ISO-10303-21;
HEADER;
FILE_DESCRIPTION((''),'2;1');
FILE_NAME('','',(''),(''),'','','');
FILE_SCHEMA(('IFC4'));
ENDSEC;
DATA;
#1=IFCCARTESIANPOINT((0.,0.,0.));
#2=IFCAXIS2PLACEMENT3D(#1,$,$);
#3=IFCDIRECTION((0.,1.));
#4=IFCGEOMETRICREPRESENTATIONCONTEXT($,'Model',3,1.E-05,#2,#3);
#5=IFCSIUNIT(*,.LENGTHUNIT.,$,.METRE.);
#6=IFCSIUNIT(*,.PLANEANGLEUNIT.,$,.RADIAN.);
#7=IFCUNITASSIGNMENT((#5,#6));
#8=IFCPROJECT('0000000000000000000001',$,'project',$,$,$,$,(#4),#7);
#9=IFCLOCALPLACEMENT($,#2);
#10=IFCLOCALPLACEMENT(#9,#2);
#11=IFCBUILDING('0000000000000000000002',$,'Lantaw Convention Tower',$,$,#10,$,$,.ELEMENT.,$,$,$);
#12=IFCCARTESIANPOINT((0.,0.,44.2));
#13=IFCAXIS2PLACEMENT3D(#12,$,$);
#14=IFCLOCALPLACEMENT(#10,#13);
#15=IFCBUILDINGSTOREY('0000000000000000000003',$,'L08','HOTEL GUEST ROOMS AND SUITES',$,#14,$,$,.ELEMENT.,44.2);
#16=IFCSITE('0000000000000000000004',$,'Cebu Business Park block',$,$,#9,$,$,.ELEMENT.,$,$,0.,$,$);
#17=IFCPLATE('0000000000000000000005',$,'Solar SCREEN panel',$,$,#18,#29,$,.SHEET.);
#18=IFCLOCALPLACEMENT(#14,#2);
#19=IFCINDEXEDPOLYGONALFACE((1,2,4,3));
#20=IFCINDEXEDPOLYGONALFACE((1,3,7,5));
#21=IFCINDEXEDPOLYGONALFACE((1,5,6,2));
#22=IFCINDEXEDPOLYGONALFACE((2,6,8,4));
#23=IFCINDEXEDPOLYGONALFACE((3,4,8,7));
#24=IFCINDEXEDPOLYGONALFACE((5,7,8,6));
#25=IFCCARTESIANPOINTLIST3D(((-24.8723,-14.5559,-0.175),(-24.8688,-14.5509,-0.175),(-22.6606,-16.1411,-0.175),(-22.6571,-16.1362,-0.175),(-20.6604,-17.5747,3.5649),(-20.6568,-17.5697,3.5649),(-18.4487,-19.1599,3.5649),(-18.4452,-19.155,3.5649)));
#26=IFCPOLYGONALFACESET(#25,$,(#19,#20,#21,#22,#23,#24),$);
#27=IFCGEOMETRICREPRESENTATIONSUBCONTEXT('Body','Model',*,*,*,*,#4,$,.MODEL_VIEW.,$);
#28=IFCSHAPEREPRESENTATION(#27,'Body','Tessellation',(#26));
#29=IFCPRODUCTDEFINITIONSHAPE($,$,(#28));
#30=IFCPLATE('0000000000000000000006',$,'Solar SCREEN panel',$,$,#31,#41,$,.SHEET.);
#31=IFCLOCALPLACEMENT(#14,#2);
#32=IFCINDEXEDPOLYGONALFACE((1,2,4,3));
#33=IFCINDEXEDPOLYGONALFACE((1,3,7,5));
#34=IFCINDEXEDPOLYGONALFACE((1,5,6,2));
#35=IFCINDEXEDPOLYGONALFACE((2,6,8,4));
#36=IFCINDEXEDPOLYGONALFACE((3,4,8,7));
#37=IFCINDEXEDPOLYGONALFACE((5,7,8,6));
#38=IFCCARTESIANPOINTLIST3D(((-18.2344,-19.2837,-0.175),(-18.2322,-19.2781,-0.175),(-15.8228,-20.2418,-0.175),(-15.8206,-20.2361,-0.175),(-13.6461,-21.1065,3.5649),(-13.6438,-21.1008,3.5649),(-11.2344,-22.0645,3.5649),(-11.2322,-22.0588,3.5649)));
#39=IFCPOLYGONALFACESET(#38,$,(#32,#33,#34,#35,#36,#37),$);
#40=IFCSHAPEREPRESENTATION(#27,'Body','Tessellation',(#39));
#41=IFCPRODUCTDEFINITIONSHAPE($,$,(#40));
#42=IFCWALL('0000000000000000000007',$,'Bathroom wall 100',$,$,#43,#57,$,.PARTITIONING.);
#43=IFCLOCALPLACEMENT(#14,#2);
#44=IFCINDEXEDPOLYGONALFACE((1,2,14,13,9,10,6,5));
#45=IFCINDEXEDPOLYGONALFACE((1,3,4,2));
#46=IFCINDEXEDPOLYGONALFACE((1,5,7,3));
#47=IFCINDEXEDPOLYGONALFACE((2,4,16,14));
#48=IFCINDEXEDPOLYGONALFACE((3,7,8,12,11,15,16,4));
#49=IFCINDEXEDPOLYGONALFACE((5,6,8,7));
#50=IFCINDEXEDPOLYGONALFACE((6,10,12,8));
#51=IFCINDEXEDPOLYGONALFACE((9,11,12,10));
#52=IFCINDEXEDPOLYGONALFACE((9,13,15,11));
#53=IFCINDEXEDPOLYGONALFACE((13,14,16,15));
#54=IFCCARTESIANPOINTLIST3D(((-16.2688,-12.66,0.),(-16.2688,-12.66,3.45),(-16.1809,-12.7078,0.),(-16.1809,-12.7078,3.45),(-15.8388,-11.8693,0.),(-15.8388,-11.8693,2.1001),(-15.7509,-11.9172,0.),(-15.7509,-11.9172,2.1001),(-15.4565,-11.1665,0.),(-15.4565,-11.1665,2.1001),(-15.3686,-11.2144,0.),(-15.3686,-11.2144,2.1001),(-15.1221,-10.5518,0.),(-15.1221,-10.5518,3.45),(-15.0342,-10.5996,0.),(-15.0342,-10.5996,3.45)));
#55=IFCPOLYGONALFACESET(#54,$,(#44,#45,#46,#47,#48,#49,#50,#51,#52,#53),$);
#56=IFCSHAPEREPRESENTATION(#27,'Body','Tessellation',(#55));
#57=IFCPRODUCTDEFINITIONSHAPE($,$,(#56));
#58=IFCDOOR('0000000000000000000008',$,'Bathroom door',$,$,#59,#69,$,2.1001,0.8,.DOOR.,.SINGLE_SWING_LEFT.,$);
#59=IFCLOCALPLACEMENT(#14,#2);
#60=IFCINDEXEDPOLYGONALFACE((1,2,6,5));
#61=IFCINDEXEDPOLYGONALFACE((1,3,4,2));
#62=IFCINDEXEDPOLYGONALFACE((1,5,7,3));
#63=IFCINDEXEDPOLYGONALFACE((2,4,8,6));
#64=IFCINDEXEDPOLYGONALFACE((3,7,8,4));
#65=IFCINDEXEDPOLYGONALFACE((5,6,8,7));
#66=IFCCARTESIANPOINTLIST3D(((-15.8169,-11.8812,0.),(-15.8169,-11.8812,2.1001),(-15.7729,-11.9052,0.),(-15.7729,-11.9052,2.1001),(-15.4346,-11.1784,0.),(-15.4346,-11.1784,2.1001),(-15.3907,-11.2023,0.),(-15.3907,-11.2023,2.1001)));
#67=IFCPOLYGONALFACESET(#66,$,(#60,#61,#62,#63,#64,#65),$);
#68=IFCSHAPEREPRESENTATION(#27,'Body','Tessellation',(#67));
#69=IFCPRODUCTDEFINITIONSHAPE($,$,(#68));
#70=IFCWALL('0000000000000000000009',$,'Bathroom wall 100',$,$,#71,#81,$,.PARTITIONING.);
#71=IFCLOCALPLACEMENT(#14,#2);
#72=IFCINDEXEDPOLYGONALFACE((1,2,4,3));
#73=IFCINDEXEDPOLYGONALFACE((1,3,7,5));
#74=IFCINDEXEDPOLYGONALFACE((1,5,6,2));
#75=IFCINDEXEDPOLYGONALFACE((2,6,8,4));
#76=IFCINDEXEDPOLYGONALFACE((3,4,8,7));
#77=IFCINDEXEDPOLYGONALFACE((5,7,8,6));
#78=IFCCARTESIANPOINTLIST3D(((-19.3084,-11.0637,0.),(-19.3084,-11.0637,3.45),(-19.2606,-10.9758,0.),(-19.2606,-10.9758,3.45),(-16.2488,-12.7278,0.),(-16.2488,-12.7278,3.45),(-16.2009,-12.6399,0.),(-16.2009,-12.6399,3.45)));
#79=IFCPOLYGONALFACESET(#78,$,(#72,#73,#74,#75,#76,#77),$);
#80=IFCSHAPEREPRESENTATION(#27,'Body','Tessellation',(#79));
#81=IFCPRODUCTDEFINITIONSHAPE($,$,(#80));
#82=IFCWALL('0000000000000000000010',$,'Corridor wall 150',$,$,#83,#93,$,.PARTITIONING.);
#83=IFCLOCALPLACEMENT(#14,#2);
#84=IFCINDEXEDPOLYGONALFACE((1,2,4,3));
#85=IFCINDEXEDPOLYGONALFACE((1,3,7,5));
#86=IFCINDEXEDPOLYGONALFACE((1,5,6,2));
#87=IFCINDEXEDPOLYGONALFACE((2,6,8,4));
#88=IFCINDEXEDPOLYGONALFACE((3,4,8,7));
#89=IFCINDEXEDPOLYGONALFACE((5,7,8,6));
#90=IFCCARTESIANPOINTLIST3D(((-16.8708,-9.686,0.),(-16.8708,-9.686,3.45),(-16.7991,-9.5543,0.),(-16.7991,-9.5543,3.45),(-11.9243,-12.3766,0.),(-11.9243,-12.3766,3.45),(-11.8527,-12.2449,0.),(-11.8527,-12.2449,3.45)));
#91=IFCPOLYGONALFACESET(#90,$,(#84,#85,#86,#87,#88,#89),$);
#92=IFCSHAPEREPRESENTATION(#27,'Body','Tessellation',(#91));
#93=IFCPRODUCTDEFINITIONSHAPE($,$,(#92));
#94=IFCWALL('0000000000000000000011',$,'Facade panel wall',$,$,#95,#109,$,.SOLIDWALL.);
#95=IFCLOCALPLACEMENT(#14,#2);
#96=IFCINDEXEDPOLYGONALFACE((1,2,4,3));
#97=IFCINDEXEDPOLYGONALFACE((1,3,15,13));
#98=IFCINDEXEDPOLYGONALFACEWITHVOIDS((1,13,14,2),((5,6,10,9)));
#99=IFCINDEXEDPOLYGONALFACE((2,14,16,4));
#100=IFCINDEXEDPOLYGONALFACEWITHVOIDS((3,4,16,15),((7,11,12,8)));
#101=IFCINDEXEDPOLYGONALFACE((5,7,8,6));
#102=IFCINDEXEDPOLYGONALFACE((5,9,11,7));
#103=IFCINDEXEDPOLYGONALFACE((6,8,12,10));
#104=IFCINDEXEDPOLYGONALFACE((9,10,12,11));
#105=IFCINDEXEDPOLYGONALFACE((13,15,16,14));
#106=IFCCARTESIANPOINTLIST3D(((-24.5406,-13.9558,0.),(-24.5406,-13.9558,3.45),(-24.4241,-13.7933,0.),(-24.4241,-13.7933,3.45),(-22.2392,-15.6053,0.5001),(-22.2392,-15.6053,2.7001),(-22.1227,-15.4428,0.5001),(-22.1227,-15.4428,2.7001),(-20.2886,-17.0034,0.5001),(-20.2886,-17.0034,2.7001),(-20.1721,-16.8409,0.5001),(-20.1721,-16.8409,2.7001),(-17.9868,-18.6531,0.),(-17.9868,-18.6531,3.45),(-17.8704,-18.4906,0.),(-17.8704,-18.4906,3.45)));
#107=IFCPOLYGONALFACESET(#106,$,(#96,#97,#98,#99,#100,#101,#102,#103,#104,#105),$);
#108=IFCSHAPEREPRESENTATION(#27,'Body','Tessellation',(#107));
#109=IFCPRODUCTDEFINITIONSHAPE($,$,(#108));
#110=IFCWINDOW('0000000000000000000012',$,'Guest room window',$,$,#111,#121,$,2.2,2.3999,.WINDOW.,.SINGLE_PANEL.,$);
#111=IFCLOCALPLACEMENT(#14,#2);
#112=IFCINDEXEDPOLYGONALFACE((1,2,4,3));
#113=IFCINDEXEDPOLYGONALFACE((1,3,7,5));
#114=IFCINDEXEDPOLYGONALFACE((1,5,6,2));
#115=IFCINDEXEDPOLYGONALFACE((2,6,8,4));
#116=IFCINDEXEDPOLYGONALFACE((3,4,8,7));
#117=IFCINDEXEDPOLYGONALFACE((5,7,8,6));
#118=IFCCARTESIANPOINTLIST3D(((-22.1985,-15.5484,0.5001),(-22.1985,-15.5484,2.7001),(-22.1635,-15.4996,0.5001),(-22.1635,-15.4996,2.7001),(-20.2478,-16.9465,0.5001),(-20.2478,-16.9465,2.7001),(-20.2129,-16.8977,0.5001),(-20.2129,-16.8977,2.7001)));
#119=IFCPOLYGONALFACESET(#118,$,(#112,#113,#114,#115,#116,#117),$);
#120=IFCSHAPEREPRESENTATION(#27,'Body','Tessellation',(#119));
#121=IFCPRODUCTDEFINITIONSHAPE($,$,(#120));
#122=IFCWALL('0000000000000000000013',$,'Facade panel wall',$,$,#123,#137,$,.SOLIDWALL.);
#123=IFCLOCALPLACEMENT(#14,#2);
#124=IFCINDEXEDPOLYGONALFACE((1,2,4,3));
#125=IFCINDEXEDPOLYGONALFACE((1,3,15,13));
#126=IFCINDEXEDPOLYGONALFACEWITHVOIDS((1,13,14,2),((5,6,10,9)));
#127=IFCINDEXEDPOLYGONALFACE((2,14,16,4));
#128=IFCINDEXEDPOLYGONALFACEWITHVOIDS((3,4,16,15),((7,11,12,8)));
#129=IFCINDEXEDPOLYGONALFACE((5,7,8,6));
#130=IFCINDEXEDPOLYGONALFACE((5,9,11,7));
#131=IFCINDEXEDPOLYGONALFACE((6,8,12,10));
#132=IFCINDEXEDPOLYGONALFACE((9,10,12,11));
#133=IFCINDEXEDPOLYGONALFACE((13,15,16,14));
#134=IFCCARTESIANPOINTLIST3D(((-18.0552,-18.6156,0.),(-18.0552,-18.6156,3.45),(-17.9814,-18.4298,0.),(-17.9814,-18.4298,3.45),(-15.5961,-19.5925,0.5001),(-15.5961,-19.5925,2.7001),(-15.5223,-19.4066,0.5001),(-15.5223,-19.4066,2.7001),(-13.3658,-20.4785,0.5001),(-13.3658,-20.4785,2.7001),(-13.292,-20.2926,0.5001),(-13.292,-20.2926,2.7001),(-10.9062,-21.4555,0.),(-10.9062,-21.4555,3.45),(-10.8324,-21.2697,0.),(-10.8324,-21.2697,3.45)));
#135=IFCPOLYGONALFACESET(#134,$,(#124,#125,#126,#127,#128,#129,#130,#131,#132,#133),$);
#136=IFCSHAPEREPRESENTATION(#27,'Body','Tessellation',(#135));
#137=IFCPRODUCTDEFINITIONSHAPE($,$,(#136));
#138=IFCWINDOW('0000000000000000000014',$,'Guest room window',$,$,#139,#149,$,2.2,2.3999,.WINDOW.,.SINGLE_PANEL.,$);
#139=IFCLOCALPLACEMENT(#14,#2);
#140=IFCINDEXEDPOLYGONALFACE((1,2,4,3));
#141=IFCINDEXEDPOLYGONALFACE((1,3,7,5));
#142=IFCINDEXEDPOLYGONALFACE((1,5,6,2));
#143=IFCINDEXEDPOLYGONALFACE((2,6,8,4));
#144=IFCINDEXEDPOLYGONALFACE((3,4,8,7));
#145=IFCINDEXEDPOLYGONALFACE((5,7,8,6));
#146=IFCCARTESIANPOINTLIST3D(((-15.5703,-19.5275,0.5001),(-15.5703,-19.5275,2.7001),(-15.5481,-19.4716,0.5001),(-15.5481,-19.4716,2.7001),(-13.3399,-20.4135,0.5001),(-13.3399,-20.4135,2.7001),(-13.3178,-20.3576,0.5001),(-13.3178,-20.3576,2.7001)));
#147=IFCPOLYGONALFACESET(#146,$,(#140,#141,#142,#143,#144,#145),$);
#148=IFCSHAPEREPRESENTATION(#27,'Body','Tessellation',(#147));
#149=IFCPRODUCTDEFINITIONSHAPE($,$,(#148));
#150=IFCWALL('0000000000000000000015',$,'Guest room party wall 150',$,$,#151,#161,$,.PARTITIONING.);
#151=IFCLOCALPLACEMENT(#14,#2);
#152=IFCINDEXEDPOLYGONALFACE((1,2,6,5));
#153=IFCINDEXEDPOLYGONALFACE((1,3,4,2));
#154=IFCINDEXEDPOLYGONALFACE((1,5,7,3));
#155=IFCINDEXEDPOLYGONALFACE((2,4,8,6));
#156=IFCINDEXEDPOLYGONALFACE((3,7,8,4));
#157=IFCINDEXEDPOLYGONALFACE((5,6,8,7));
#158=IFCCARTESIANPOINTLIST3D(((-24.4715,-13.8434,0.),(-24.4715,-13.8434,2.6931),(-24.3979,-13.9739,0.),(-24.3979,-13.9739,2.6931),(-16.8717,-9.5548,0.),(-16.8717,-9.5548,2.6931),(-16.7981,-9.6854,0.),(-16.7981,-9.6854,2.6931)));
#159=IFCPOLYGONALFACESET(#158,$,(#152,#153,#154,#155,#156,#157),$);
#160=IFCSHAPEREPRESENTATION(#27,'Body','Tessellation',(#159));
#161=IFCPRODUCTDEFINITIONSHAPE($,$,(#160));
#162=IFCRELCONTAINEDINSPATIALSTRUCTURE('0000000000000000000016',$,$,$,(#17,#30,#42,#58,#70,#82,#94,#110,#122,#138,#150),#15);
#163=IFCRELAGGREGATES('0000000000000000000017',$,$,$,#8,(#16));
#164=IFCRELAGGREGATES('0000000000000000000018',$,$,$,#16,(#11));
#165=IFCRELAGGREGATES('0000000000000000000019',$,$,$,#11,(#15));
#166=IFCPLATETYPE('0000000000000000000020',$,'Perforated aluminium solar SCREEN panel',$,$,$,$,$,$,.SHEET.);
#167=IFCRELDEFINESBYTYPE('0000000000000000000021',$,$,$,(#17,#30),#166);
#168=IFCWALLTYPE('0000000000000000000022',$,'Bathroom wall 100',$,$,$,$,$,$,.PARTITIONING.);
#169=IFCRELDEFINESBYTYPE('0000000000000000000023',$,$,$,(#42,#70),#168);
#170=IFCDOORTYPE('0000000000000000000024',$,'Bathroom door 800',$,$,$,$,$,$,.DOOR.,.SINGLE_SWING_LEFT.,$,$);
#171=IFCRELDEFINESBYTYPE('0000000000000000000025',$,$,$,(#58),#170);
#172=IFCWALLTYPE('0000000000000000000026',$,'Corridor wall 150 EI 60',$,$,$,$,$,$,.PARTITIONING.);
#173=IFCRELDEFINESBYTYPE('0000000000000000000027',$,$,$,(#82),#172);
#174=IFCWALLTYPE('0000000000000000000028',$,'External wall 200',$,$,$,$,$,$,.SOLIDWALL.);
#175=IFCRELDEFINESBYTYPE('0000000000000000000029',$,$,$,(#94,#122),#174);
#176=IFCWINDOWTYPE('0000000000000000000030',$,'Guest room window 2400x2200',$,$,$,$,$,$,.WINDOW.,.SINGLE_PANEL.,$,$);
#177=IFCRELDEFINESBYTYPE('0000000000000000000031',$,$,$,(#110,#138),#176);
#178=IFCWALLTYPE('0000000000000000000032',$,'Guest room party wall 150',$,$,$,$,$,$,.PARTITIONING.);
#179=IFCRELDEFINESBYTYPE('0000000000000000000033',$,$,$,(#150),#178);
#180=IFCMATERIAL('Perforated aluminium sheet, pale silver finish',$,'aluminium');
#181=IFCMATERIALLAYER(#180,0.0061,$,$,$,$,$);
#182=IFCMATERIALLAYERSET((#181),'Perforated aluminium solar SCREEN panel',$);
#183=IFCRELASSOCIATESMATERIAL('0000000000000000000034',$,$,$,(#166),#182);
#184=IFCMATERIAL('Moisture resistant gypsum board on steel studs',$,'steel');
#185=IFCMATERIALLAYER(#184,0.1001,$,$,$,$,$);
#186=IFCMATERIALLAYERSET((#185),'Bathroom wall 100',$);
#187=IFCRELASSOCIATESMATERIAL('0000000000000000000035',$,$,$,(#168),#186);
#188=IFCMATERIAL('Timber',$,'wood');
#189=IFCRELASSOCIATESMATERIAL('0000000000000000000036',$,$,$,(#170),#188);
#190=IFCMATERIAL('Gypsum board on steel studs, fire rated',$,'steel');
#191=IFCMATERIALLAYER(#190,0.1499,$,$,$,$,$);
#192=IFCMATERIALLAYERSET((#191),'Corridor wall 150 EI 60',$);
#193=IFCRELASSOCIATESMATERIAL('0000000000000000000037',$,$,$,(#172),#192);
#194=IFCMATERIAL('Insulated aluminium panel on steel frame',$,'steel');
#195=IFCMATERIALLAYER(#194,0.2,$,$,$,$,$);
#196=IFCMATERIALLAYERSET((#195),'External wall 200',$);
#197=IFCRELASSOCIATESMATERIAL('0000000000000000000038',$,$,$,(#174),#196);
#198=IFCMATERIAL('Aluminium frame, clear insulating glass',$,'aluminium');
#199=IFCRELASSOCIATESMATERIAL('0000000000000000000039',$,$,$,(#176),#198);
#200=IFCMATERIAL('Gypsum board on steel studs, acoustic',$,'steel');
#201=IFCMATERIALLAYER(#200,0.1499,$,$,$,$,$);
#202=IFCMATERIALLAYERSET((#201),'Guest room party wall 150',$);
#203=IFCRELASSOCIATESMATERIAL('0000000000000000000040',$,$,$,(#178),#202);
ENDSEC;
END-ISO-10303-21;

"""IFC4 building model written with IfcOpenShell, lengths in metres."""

from ifc_helpers import new_model, si_unit, direction, frame, frame_2d, origin, place, context, subcontext, project, spatial, polyline, rectangle, outline, extrude, material, layer, layer_set, type_object, element, fill, save


model = new_model("IFC4")

# Units and contexts
model_context = context("Model", 3, precision=1e-05, world=origin(), true_north=direction((0.0, 1.0)))
body_context = subcontext(model_context, "Body", "Model", "MODEL_VIEW")
ifc_project = project(units=[si_unit("LENGTHUNIT", "METRE"), si_unit("PLANEANGLEUNIT", "RADIAN")], contexts=[model_context])

# Site, building, storey
site_placement = place(None, origin())
site = spatial("IfcSite", under=ifc_project, at=site_placement, Name="Cebu Business Park block", CompositionType="ELEMENT", RefElevation=0.0)
building_placement = place(site_placement, origin())
building = spatial("IfcBuilding", under=site, at=building_placement, Name="Lantaw Convention Tower", CompositionType="ELEMENT")
storey_placement = place(building_placement, frame((0.0, 0.0, 44.2)))
storey = spatial("IfcBuildingStorey", under=building, at=storey_placement, Name="L08", Description="HOTEL GUEST ROOMS AND SUITES", CompositionType="ELEMENT", Elevation=44.2)

# Plates
ifc_material_1 = material(Name="Perforated aluminium sheet, pale silver finish", Category="aluminium")
ifc_layer_1 = layer(ifc_material_1, 0.0061)
ifc_layer_set_1 = layer_set([ifc_layer_1], Name="Perforated aluminium solar SCREEN panel")
plate_type = type_object("IfcPlateType", Name="Perforated aluminium solar SCREEN panel", PredefinedType="SHEET", material=ifc_layer_set_1)
plate_1_placement = place(storey_placement, frame((-24.8723, -14.5559, -0.175), z_axis=(-0.582561, -0.812787, 0.000016), x_axis=(0.812787, -0.582561, 0.0)))
element("IfcPlate", 1, at=plate_1_placement, inside=storey, type_object=plate_type, Name="Solar SCREEN panel", PredefinedType="SHEET", context=body_context, shape_type="SweptSolid", body=[
    extrude(outline(polyline([(0.0, 0.0), (2.7211, 0.0), (7.9031, 3.74), (5.182, 3.74), (0.0, 0.0)])), origin(), (0.0, 0.0, -1.0), 0.0061),
])
plate_2_placement = place(storey_placement, frame((-18.2322, -19.2781, -0.175), z_axis=(0.369184, 0.929357, 0.000009), x_axis=(0.929357, -0.369184, 0.0)))
element("IfcPlate", 2, at=plate_2_placement, inside=storey, type_object=plate_type, Name="Solar SCREEN panel", PredefinedType="SHEET", context=body_context, shape_type="SweptSolid", body=[
    extrude(outline(polyline([(0.0, 0.0), (2.5949, 0.0), (7.5321, -3.74), (4.9372, -3.74), (0.0, 0.0)])), origin(), (0.0, 0.0, -1.0), 0.0061),
])

# Wall, opening, door
ifc_material_2 = material(Name="Moisture resistant gypsum board on steel studs", Category="steel")
ifc_layer_2 = layer(ifc_material_2, 0.1001)
ifc_layer_set_2 = layer_set([ifc_layer_2], Name="Bathroom wall 100")
wall_type_1 = type_object("IfcWallType", Name="Bathroom wall 100", PredefinedType="PARTITIONING", material=ifc_layer_set_2)
wall_1_placement = place(storey_placement, frame((-15.0781, -10.5757, 0.0), z_axis=(0.0, 0.0, 1.0), x_axis=(-0.477833, -0.878451, 0.0)))
wall_1 = element("IfcWall", 3, at=wall_1_placement, inside=storey, type_object=wall_type_1, Name="Bathroom wall 100", PredefinedType="PARTITIONING", context=body_context, shape_type="SweptSolid", body=[
    extrude(rectangle(XDim=2.3999, YDim=0.1001, at=frame_2d((1.2, 0.0))), origin(), (0.0, 0.0, 1.0), 3.45),
])
opening_1_placement = place(wall_1_placement, frame((0.7, 0.0, 0.0)))
opening_1 = element("IfcOpeningElement", 4, at=opening_1_placement, cuts=wall_1, PredefinedType="OPENING", context=body_context, shape_type="SweptSolid", body=[
    extrude(rectangle(XDim=0.8, YDim=2.1001, at=frame_2d((0.3999, 1.05))), frame((0.0, 0.0601, 0.0), z_axis=(0.0, -1.0, 0.0), x_axis=(1.0, 0.0, 0.0)), (0.0, 0.0, 1.0), 0.1201),
])
ifc_material_3 = material(Name="Timber", Category="wood")
door_type_1 = type_object("IfcDoorType", Name="Bathroom door 800", OperationType="SINGLE_SWING_LEFT", PredefinedType="DOOR", material=ifc_material_3)
door_1_placement = place(opening_1_placement, origin())
door_1 = element("IfcDoor", 5, at=door_1_placement, inside=storey, type_object=door_type_1, Name="Bathroom door", OperationType="SINGLE_SWING_LEFT", OverallHeight=2.1001, OverallWidth=0.8, PredefinedType="DOOR", context=body_context, shape_type="SweptSolid", body=[
    extrude(rectangle(XDim=0.8, YDim=2.1001, at=frame_2d((0.3999, 1.05))), frame((0.0, 0.0249, 0.0), z_axis=(0.0, -1.0, 0.0), x_axis=(1.0, 0.0, 0.0)), (0.0, 0.0, 1.0), 0.05),
])
fill(opening_1, door_1)

# Walls
wall_2_placement = place(storey_placement, frame((-16.2249, -12.6838, 0.0), z_axis=(0.0, 0.0, 1.0), x_axis=(-0.878474, 0.477791, 0.0)))
element("IfcWall", 6, at=wall_2_placement, inside=storey, type_object=wall_type_1, Name="Bathroom wall 100", PredefinedType="PARTITIONING", context=body_context, shape_type="SweptSolid", body=[
    extrude(rectangle(XDim=3.4829, YDim=0.1001, at=frame_2d((1.7415, 0.0))), origin(), (0.0, 0.0, 1.0), 3.45),
])
ifc_material_4 = material(Name="Gypsum board on steel studs, fire rated", Category="steel")
ifc_layer_3 = layer(ifc_material_4, 0.1499)
ifc_layer_set_3 = layer_set([ifc_layer_3], Name="Corridor wall 150 EI 60")
wall_type_2 = type_object("IfcWallType", Name="Corridor wall 150 EI 60", PredefinedType="PARTITIONING", material=ifc_layer_set_3)
wall_3_placement = place(storey_placement, frame((-16.835, -9.6201, 0.0), z_axis=(0.0, 0.0, 1.0), x_axis=(0.87845, -0.477834, 0.0)))
element("IfcWall", 7, at=wall_3_placement, inside=storey, type_object=wall_type_2, Name="Corridor wall 150", PredefinedType="PARTITIONING", context=body_context, shape_type="SweptSolid", body=[
    extrude(rectangle(XDim=5.6309, YDim=0.1499, at=frame_2d((2.8154, 0.0))), origin(), (0.0, 0.0, 1.0), 3.45),
])

# Walls, openings, windows
ifc_material_5 = material(Name="Insulated aluminium panel on steel frame", Category="steel")
ifc_layer_4 = layer(ifc_material_5, 0.2)
ifc_layer_set_4 = layer_set([ifc_layer_4], Name="External wall 200")
wall_type_3 = type_object("IfcWallType", Name="External wall 200", PredefinedType="SOLIDWALL", material=ifc_layer_set_4)
wall_4_placement = place(storey_placement, frame((-24.4824, -13.8745, 0.0), z_axis=(0.0, 0.0, 1.0), x_axis=(0.812791, -0.582555, 0.0)))
wall_4 = element("IfcWall", 8, at=wall_4_placement, inside=storey, type_object=wall_type_3, Name="Facade panel wall", PredefinedType="SOLIDWALL", context=body_context, shape_type="SweptSolid", body=[
    extrude(rectangle(XDim=8.0632, YDim=0.2, at=frame_2d((4.0317, 0.0))), origin(), (0.0, 0.0, 1.0), 3.45),
])
opening_2_placement = place(wall_4_placement, frame((2.8315, 0.0, 0.5)))
opening_2 = element("IfcOpeningElement", 9, at=opening_2_placement, cuts=wall_4, PredefinedType="OPENING", context=body_context, shape_type="SweptSolid", body=[
    extrude(rectangle(XDim=2.3999, YDim=2.2, at=frame_2d((1.2, 1.1001))), frame((0.0, 0.1099, 0.0), z_axis=(0.0, -1.0, 0.0), x_axis=(1.0, 0.0, 0.0)), (0.0, 0.0, 1.0), 0.22),
])
ifc_material_6 = material(Name="Aluminium frame, clear insulating glass", Category="aluminium")
window_type = type_object("IfcWindowType", Name="Guest room window 2400x2200", PartitioningType="SINGLE_PANEL", PredefinedType="WINDOW", material=ifc_material_6)
window_1_placement = place(opening_2_placement, origin())
window_1 = element("IfcWindow", 10, at=window_1_placement, inside=storey, type_object=window_type, Name="Guest room window", OverallHeight=2.2, OverallWidth=2.3999, PartitioningType="SINGLE_PANEL", PredefinedType="WINDOW", context=body_context, shape_type="SweptSolid", body=[
    extrude(rectangle(XDim=2.3999, YDim=2.2, at=frame_2d((1.2, 1.1001))), frame((0.0, 0.03, 0.0), z_axis=(0.0, -1.0, 0.0), x_axis=(1.0, 0.0, 0.0)), (0.0, 0.0, 1.0), 0.0601),
])
fill(opening_2, window_1)
wall_5_placement = place(storey_placement, frame((-18.0183, -18.5227, 0.0), z_axis=(0.0, 0.0, 1.0), x_axis=(0.929358, -0.369179, 0.0)))
wall_5 = element("IfcWall", 11, at=wall_5_placement, inside=storey, type_object=wall_type_3, Name="Facade panel wall", PredefinedType="SOLIDWALL", context=body_context, shape_type="SweptSolid", body=[
    extrude(rectangle(XDim=7.6924, YDim=0.2, at=frame_2d((3.8462, 0.0))), origin(), (0.0, 0.0, 1.0), 3.45),
])
opening_3_placement = place(wall_5_placement, frame((2.646, 0.0, 0.5)))
opening_3 = element("IfcOpeningElement", 12, at=opening_3_placement, cuts=wall_5, PredefinedType="OPENING", context=body_context, shape_type="SweptSolid", body=[
    extrude(rectangle(XDim=2.3999, YDim=2.2, at=frame_2d((1.2, 1.1001))), frame((0.0, 0.1099, 0.0), z_axis=(0.0, -1.0, 0.0), x_axis=(1.0, 0.0, 0.0)), (0.0, 0.0, 1.0), 0.22),
])
window_2_placement = place(opening_3_placement, origin())
window_2 = element("IfcWindow", 13, at=window_2_placement, inside=storey, type_object=window_type, Name="Guest room window", OverallHeight=2.2, OverallWidth=2.3999, PartitioningType="SINGLE_PANEL", PredefinedType="WINDOW", context=body_context, shape_type="SweptSolid", body=[
    extrude(rectangle(XDim=2.3999, YDim=2.2, at=frame_2d((1.2, 1.1001))), frame((0.0, 0.03, 0.0), z_axis=(0.0, -1.0, 0.0), x_axis=(1.0, 0.0, 0.0)), (0.0, 0.0, 1.0), 0.0601),
])
fill(opening_3, window_2)

# Wall
ifc_material_7 = material(Name="Gypsum board on steel studs, acoustic", Category="steel")
ifc_layer_5 = layer(ifc_material_7, 0.1499)
ifc_layer_set_5 = layer_set([ifc_layer_5], Name="Guest room party wall 150")
wall_type_4 = type_object("IfcWallType", Name="Guest room party wall 150", PredefinedType="PARTITIONING", material=ifc_layer_set_5)
wall_6_placement = place(storey_placement, frame((-24.4348, -13.9087, 0.0), z_axis=(0.0, 0.0, 1.0), x_axis=(0.870906, 0.49145, 0.0)))
element("IfcWall", 14, at=wall_6_placement, inside=storey, type_object=wall_type_4, Name="Guest room party wall 150", PredefinedType="PARTITIONING", context=body_context, shape_type="SweptSolid", body=[
    extrude(rectangle(XDim=8.7263, YDim=0.1499, at=frame_2d((4.3633, 0.0))), origin(), (0.0, 0.0, 1.0), 2.6931),
])

save(model, "model.ifc")
